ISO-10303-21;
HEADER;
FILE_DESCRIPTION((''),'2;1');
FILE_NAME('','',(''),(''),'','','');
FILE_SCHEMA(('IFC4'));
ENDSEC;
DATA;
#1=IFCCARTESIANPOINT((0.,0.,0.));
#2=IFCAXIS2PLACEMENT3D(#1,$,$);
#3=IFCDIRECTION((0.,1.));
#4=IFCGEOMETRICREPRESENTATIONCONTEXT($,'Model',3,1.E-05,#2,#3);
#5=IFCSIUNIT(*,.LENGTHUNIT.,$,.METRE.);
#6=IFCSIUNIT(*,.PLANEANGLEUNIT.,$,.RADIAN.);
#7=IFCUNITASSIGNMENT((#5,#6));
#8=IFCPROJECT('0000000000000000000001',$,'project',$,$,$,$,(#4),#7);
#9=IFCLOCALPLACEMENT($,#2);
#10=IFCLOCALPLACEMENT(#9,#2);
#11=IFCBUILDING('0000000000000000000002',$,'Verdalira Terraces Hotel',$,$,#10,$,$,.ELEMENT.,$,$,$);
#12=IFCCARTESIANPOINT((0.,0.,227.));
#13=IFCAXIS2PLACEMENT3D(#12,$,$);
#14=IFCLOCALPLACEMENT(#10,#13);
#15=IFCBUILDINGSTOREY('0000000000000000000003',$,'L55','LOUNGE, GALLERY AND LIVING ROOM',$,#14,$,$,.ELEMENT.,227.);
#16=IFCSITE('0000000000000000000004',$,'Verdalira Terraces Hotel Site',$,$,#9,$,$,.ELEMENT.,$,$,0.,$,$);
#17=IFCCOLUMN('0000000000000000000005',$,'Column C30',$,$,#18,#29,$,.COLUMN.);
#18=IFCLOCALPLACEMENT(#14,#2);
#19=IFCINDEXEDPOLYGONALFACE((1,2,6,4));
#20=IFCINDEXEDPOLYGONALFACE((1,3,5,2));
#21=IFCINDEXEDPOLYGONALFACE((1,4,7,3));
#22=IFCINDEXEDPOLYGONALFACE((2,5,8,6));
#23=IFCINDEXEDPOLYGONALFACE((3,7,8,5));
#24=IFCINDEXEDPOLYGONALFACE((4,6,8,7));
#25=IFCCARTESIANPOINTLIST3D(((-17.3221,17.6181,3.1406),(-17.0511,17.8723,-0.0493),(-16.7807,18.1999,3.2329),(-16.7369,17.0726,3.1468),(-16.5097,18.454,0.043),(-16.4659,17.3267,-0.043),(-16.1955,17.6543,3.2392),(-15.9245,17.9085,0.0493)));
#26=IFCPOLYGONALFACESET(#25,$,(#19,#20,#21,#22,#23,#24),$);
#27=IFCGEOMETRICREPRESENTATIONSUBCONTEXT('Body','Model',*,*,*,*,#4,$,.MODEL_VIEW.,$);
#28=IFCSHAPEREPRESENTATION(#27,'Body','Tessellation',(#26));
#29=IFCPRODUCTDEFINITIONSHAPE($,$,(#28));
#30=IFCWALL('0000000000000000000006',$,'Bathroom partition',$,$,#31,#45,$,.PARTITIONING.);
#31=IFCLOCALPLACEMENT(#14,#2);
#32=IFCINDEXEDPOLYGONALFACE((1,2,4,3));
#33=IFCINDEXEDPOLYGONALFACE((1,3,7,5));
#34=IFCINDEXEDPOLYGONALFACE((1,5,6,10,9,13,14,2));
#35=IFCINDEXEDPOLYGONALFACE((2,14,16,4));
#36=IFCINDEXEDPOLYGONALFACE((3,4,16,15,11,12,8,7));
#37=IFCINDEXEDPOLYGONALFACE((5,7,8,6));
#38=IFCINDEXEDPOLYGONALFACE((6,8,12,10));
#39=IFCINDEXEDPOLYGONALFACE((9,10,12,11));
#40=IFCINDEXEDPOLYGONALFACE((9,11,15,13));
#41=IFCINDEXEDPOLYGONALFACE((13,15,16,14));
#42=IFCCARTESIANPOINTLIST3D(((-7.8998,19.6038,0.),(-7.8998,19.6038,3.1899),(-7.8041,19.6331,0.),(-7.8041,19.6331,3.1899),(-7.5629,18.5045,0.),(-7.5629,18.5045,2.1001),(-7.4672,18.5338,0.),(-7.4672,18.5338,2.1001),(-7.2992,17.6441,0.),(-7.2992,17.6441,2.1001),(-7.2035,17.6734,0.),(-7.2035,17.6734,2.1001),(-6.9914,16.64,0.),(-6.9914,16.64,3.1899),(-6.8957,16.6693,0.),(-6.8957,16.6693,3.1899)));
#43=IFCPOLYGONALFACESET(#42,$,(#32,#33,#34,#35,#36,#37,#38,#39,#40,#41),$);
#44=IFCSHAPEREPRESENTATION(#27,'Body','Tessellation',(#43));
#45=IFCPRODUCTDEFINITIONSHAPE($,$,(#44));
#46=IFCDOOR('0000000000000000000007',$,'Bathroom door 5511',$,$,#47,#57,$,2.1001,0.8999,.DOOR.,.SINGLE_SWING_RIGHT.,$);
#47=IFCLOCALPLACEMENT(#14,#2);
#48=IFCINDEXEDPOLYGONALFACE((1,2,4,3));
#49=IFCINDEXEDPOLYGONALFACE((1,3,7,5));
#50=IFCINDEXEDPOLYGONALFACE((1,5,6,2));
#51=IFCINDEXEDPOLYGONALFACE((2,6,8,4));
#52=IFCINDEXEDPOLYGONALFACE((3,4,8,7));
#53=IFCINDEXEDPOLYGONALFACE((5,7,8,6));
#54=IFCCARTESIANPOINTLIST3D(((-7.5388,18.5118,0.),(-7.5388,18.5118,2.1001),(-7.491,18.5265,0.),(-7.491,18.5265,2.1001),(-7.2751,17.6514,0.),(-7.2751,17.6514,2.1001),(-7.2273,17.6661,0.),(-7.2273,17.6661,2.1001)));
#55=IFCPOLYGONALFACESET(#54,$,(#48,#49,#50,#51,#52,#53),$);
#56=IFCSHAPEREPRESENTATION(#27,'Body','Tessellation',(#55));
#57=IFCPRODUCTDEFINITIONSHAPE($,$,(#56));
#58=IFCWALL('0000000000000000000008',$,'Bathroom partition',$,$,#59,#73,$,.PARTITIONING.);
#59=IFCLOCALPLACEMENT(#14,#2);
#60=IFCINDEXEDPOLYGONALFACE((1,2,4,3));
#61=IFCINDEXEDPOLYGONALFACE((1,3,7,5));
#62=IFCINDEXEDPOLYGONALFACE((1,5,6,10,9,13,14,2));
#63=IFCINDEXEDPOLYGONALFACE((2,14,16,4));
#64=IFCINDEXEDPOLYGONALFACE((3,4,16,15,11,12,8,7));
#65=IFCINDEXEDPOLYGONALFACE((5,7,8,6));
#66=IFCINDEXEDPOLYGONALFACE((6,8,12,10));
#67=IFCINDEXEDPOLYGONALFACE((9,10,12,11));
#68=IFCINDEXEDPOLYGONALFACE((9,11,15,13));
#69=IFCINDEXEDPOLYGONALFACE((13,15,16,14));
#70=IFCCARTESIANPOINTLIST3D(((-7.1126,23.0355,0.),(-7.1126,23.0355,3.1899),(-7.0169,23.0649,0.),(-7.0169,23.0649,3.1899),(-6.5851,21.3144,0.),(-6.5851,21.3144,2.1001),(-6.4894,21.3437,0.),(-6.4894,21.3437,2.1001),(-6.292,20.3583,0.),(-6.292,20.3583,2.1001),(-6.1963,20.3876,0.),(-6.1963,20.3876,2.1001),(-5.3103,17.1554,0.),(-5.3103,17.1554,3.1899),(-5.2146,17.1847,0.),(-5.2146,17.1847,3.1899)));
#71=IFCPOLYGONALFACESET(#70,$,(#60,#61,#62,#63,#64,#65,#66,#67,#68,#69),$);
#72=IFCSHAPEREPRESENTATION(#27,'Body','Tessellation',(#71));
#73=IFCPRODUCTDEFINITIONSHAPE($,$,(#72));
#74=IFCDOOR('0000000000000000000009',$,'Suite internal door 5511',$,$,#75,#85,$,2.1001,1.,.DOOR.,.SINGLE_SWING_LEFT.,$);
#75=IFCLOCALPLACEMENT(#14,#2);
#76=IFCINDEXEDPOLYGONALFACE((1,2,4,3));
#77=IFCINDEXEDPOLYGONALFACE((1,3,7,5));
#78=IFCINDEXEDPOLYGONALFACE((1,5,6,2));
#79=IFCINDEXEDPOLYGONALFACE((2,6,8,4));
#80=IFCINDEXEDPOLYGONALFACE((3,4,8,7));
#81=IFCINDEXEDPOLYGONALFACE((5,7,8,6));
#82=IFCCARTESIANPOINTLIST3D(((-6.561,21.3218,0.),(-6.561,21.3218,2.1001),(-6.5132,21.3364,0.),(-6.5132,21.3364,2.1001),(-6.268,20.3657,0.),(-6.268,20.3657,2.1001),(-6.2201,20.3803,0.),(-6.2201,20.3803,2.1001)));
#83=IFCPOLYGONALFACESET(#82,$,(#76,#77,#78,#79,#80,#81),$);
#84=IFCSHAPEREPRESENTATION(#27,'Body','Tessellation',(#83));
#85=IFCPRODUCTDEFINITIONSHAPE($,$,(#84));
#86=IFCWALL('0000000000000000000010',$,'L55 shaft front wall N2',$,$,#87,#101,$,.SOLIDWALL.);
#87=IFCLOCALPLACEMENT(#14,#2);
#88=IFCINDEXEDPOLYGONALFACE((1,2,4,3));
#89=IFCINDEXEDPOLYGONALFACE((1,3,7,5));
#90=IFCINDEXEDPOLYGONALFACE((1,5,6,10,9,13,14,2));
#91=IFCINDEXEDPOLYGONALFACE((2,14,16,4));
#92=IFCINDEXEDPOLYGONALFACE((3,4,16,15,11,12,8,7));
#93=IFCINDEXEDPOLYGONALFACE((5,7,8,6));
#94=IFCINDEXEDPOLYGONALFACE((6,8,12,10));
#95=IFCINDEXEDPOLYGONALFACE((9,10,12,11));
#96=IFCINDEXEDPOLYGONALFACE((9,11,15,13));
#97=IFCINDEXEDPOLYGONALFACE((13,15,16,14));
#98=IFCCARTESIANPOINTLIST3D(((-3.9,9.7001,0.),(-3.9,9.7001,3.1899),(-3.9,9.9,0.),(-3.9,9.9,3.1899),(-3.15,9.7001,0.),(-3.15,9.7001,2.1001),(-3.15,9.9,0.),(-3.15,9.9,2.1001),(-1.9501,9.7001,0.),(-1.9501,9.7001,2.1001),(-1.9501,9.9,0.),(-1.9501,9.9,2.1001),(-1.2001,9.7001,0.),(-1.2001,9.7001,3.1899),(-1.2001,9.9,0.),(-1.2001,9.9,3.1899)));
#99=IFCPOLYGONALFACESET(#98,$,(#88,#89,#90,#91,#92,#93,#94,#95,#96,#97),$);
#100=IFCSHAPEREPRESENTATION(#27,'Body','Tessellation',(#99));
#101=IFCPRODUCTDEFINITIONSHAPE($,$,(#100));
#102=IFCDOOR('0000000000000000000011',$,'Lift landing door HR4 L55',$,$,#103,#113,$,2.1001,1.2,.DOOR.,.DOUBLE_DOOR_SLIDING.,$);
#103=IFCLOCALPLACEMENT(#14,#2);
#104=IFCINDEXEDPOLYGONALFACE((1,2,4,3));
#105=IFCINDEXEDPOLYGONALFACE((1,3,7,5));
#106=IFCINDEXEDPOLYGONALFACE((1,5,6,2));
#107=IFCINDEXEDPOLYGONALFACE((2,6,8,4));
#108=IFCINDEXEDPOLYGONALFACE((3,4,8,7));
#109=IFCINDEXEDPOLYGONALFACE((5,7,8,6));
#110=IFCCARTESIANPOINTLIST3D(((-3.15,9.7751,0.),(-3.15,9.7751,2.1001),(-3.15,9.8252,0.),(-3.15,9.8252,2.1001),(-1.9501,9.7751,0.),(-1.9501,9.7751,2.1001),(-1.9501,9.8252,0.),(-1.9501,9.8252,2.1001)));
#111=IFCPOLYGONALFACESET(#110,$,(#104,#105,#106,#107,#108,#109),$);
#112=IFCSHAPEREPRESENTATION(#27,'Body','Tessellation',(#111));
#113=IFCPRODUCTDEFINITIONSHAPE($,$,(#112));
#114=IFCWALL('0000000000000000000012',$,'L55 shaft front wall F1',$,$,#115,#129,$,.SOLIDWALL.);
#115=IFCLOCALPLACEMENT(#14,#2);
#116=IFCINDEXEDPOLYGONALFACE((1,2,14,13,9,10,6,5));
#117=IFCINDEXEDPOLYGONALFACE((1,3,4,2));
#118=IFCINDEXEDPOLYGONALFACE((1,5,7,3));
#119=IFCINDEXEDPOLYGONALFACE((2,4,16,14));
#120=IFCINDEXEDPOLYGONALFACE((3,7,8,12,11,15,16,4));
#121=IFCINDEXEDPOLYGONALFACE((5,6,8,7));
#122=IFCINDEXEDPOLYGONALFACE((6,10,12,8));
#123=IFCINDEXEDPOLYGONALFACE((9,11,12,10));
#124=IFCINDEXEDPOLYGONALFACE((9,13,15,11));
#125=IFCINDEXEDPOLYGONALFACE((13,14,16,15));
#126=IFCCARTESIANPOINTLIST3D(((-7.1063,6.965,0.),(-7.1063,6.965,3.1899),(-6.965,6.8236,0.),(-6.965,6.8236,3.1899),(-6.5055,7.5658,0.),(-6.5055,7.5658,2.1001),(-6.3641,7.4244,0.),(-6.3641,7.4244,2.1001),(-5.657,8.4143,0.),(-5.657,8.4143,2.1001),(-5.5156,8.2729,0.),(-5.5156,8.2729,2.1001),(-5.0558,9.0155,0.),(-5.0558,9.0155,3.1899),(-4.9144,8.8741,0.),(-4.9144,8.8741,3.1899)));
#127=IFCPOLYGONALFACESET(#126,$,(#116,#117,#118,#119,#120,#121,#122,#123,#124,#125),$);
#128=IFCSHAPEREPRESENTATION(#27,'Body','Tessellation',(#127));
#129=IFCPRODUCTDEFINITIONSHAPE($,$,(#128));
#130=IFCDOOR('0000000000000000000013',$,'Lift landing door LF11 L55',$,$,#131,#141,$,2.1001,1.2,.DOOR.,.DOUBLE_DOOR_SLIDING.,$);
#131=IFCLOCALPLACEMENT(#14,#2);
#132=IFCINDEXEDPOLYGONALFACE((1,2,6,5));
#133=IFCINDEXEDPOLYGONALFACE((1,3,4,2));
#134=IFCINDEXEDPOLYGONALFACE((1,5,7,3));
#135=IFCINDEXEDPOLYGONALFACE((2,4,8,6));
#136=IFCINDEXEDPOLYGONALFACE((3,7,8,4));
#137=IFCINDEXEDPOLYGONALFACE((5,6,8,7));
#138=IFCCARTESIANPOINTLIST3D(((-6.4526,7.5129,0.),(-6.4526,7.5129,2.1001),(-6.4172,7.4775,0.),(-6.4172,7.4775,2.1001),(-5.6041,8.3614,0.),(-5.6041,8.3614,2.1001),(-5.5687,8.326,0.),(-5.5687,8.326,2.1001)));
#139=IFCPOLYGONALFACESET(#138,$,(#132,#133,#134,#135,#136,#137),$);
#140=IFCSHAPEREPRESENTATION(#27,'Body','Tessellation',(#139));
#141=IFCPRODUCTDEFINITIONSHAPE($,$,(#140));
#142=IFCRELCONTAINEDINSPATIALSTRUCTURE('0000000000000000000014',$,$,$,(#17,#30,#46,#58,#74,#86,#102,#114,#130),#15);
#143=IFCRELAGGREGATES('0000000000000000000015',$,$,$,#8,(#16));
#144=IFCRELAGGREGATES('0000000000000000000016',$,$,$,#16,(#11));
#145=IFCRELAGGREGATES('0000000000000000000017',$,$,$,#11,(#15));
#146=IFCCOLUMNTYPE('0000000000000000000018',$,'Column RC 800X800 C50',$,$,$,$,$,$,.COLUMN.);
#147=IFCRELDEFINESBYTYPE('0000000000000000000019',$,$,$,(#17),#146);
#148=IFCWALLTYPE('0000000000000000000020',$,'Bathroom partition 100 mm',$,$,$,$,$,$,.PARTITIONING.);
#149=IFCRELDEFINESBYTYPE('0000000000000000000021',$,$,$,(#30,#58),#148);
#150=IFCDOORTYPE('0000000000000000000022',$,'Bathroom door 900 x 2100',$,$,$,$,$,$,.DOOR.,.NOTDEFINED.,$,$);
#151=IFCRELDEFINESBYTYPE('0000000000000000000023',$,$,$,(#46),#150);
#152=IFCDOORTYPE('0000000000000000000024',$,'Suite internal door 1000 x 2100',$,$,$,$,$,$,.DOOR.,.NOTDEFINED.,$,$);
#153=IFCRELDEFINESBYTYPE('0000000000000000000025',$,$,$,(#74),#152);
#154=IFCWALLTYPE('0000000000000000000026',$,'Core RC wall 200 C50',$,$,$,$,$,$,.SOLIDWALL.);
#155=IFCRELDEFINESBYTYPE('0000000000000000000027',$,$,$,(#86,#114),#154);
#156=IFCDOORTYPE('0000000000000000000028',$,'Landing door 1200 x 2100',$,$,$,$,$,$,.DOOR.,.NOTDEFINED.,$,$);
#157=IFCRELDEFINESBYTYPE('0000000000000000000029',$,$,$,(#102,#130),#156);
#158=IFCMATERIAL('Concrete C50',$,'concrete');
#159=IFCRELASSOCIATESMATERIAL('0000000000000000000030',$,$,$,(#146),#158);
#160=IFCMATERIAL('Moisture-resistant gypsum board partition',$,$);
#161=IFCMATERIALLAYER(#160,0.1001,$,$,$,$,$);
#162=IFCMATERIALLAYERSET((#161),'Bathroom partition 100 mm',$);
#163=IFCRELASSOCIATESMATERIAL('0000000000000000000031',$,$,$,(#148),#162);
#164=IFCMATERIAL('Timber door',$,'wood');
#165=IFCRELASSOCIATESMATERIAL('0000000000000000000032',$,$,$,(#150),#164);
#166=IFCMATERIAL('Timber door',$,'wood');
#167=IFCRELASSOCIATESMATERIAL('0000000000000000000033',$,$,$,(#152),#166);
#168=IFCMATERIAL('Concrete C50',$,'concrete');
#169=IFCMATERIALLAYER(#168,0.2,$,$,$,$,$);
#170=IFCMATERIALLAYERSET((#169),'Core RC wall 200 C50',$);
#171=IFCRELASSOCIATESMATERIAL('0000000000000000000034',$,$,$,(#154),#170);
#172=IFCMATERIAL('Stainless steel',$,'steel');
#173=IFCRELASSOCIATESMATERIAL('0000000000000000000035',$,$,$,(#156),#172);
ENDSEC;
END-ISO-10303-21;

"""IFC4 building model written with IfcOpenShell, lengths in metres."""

from ifc_helpers import new_model, si_unit, direction, frame, frame_2d, origin, origin_2d, place, context, subcontext, project, spatial, rectangle, extrude, material, layer, layer_set, material_profile, profile_set, type_object, element, fill, save


model = new_model("IFC4")

# Units and contexts
model_context = context("Model", 3, precision=1e-05, world=origin(), true_north=direction((0.0, 1.0)))
body_context = subcontext(model_context, "Body", "Model", "MODEL_VIEW")
ifc_project = project(units=[si_unit("LENGTHUNIT", "METRE"), si_unit("PLANEANGLEUNIT", "RADIAN")], contexts=[model_context])

# Site, building, storey
site_placement = place(None, origin())
site = spatial("IfcSite", under=ifc_project, at=site_placement, Name="Verdalira Terraces Hotel Site", CompositionType="ELEMENT", RefElevation=0.0)
building_placement = place(site_placement, origin())
building = spatial("IfcBuilding", under=site, at=building_placement, Name="Verdalira Terraces Hotel", CompositionType="ELEMENT")
storey_placement = place(building_placement, frame((0.0, 0.0, 227.0)))
storey = spatial("IfcBuildingStorey", under=building, at=storey_placement, Name="L55", Description="LOUNGE, GALLERY AND LIVING ROOM", CompositionType="ELEMENT", Elevation=227.0)

# Column
ifc_material_1 = material(Name="Concrete C50", Category="concrete")
ifc_material_profile = material_profile(ifc_material_1, rectangle(XDim=0.8, YDim=0.8, at=origin_2d()), Name="RC 800X800")
ifc_profile_set = profile_set([ifc_material_profile], Name="Concrete C50")
column_type = type_object("IfcColumnType", Name="Column RC 800X800 C50", PredefinedType="COLUMN", material=ifc_profile_set)
column_placement = place(storey_placement, frame((-16.4878, 17.8904, 0.0), z_axis=(-0.084383, -0.079137, 0.993286), x_axis=(-0.731413, 0.68189, -0.007808)))
element("IfcColumn", 1, at=column_placement, inside=storey, type_object=column_type, Name="Column C30", PredefinedType="COLUMN", context=body_context, shape_type="SweptSolid", body=[
    extrude(rectangle(XDim=0.8, YDim=0.8, at=origin_2d()), origin(), (0.0, 0.0, 1.0), 3.2114),
])

# Walls, openings, doors
ifc_material_2 = material(Name="Moisture-resistant gypsum board partition")
ifc_layer_1 = layer(ifc_material_2, 0.1001)
ifc_layer_set_1 = layer_set([ifc_layer_1], Name="Bathroom partition 100 mm")
wall_type_1 = type_object("IfcWallType", Name="Bathroom partition 100 mm", PredefinedType="PARTITIONING", material=ifc_layer_set_1)
wall_1_placement = place(storey_placement, frame((-6.9436, 16.6548, 0.0), z_axis=(0.0, 0.0, 1.0), x_axis=(-0.293051, 0.956097, 0.0)))
wall_1 = element("IfcWall", 2, at=wall_1_placement, inside=storey, type_object=wall_type_1, Name="Bathroom partition", PredefinedType="PARTITIONING", context=body_context, shape_type="SweptSolid", body=[
    extrude(rectangle(XDim=3.0999, YDim=0.1001, at=frame_2d((1.5498, 0.0))), origin(), (0.0, 0.0, 1.0), 3.1899),
])
opening_1_placement = place(wall_1_placement, frame((1.05, 0.0, 0.0)))
opening_1 = element("IfcOpeningElement", 3, at=opening_1_placement, cuts=wall_1, PredefinedType="OPENING", context=body_context, shape_type="SweptSolid", body=[
    extrude(rectangle(XDim=0.8999, YDim=2.1001, at=frame_2d((0.45, 1.05))), frame((0.0, 0.0601, 0.0), z_axis=(0.0, -1.0, 0.0), x_axis=(1.0, 0.0, 0.0)), (0.0, 0.0, 1.0), 0.1201),
])
ifc_material_3 = material(Name="Timber door", Category="wood")
door_type_1 = type_object("IfcDoorType", Name="Bathroom door 900 x 2100", OperationType="NOTDEFINED", PredefinedType="DOOR", material=ifc_material_3)
door_1_placement = place(opening_1_placement, origin())
door_1 = element("IfcDoor", 4, at=door_1_placement, inside=storey, type_object=door_type_1, Name="Bathroom door 5511", OperationType="SINGLE_SWING_RIGHT", OverallHeight=2.1001, OverallWidth=0.8999, PredefinedType="DOOR", context=body_context, shape_type="SweptSolid", body=[
    extrude(rectangle(XDim=0.8999, YDim=2.1001, at=frame_2d((0.45, 1.05))), frame((0.0, 0.0249, 0.0), z_axis=(0.0, -1.0, 0.0), x_axis=(1.0, 0.0, 0.0)), (0.0, 0.0, 1.0), 0.05),
])
fill(opening_1, door_1)
wall_2_placement = place(storey_placement, frame((-5.2625, 17.1699, 0.0), z_axis=(0.0, 0.0, 1.0), x_axis=(-0.293042, 0.956099, 0.0)))
wall_2 = element("IfcWall", 5, at=wall_2_placement, inside=storey, type_object=wall_type_1, Name="Bathroom partition", PredefinedType="PARTITIONING", context=body_context, shape_type="SweptSolid", body=[
    extrude(rectangle(XDim=6.1501, YDim=0.1001, at=frame_2d((3.0752, 0.0))), origin(), (0.0, 0.0, 1.0), 3.1899),
])
opening_2_placement = place(wall_2_placement, frame((3.3501, 0.0, 0.0)))
opening_2 = element("IfcOpeningElement", 6, at=opening_2_placement, cuts=wall_2, PredefinedType="OPENING", context=body_context, shape_type="SweptSolid", body=[
    extrude(rectangle(XDim=1.0, YDim=2.1001, at=frame_2d((0.5, 1.05))), frame((0.0, 0.0601, 0.0), z_axis=(0.0, -1.0, 0.0), x_axis=(1.0, 0.0, 0.0)), (0.0, 0.0, 1.0), 0.1201),
])
ifc_material_4 = material(Name="Timber door", Category="wood")
door_type_2 = type_object("IfcDoorType", Name="Suite internal door 1000 x 2100", OperationType="NOTDEFINED", PredefinedType="DOOR", material=ifc_material_4)
door_2_placement = place(opening_2_placement, origin())
door_2 = element("IfcDoor", 7, at=door_2_placement, inside=storey, type_object=door_type_2, Name="Suite internal door 5511", OperationType="SINGLE_SWING_LEFT", OverallHeight=2.1001, OverallWidth=1.0, PredefinedType="DOOR", context=body_context, shape_type="SweptSolid", body=[
    extrude(rectangle(XDim=1.0, YDim=2.1001, at=frame_2d((0.5, 1.05))), frame((0.0, 0.0249, 0.0), z_axis=(0.0, -1.0, 0.0), x_axis=(1.0, 0.0, 0.0)), (0.0, 0.0, 1.0), 0.05),
])
fill(opening_2, door_2)
ifc_material_5 = material(Name="Concrete C50", Category="concrete")
ifc_layer_2 = layer(ifc_material_5, 0.2)
ifc_layer_set_2 = layer_set([ifc_layer_2], Name="Core RC wall 200 C50")
wall_type_2 = type_object("IfcWallType", Name="Core RC wall 200 C50", PredefinedType="SOLIDWALL", material=ifc_layer_set_2)
wall_3_placement = place(storey_placement, frame((-1.2, 9.8, 0.0), z_axis=(0.0, 0.0, 1.0), x_axis=(-1.0, 0.0, 0.0)))
wall_3 = element("IfcWall", 8, at=wall_3_placement, inside=storey, type_object=wall_type_2, Name="L55 shaft front wall N2", PredefinedType="SOLIDWALL", context=body_context, shape_type="SweptSolid", body=[
    extrude(rectangle(XDim=2.7, YDim=0.2, at=frame_2d((1.3501, 0.0))), origin(), (0.0, 0.0, 1.0), 3.1899),
])
opening_3_placement = place(wall_3_placement, frame((0.75, 0.0, 0.0)))
opening_3 = element("IfcOpeningElement", 9, at=opening_3_placement, cuts=wall_3, PredefinedType="OPENING", context=body_context, shape_type="SweptSolid", body=[
    extrude(rectangle(XDim=1.2, YDim=2.1001, at=frame_2d((0.6001, 1.05))), frame((0.0, 0.1099, 0.0), z_axis=(0.0, -1.0, 0.0), x_axis=(1.0, 0.0, 0.0)), (0.0, 0.0, 1.0), 0.22),
])
ifc_material_6 = material(Name="Stainless steel", Category="steel")
door_type_3 = type_object("IfcDoorType", Name="Landing door 1200 x 2100", OperationType="NOTDEFINED", PredefinedType="DOOR", material=ifc_material_6)
door_3_placement = place(opening_3_placement, origin())
door_3 = element("IfcDoor", 10, at=door_3_placement, inside=storey, type_object=door_type_3, Name="Lift landing door HR4 L55", OperationType="DOUBLE_DOOR_SLIDING", OverallHeight=2.1001, OverallWidth=1.2, PredefinedType="DOOR", context=body_context, shape_type="SweptSolid", body=[
    extrude(rectangle(XDim=1.2, YDim=2.1001, at=frame_2d((0.6001, 1.05))), frame((0.0, 0.0249, 0.0), z_axis=(0.0, -1.0, 0.0), x_axis=(1.0, 0.0, 0.0)), (0.0, 0.0, 1.0), 0.05),
])
fill(opening_3, door_3)
wall_4_placement = place(storey_placement, frame((-4.9851, 8.9448, 0.0), z_axis=(0.0, 0.0, 1.0), x_axis=(-0.707107, -0.707107, 0.0)))
wall_4 = element("IfcWall", 11, at=wall_4_placement, inside=storey, type_object=wall_type_2, Name="L55 shaft front wall F1", PredefinedType="SOLIDWALL", context=body_context, shape_type="SweptSolid", body=[
    extrude(rectangle(XDim=2.8999, YDim=0.2, at=frame_2d((1.45, 0.0))), origin(), (0.0, 0.0, 1.0), 3.1899),
])
opening_4_placement = place(wall_4_placement, frame((0.8501, 0.0, 0.0)))
opening_4 = element("IfcOpeningElement", 12, at=opening_4_placement, cuts=wall_4, PredefinedType="OPENING", context=body_context, shape_type="SweptSolid", body=[
    extrude(rectangle(XDim=1.2, YDim=2.1001, at=frame_2d((0.6001, 1.05))), frame((0.0, 0.1099, 0.0), z_axis=(0.0, -1.0, 0.0), x_axis=(1.0, 0.0, 0.0)), (0.0, 0.0, 1.0), 0.22),
])
door_4_placement = place(opening_4_placement, origin())
door_4 = element("IfcDoor", 13, at=door_4_placement, inside=storey, type_object=door_type_3, Name="Lift landing door LF11 L55", OperationType="DOUBLE_DOOR_SLIDING", OverallHeight=2.1001, OverallWidth=1.2, PredefinedType="DOOR", context=body_context, shape_type="SweptSolid", body=[
    extrude(rectangle(XDim=1.2, YDim=2.1001, at=frame_2d((0.6001, 1.05))), frame((0.0, 0.0249, 0.0), z_axis=(0.0, -1.0, 0.0), x_axis=(1.0, 0.0, 0.0)), (0.0, 0.0, 1.0), 0.05),
])
fill(opening_4, door_4)

save(model, "model.ifc")
